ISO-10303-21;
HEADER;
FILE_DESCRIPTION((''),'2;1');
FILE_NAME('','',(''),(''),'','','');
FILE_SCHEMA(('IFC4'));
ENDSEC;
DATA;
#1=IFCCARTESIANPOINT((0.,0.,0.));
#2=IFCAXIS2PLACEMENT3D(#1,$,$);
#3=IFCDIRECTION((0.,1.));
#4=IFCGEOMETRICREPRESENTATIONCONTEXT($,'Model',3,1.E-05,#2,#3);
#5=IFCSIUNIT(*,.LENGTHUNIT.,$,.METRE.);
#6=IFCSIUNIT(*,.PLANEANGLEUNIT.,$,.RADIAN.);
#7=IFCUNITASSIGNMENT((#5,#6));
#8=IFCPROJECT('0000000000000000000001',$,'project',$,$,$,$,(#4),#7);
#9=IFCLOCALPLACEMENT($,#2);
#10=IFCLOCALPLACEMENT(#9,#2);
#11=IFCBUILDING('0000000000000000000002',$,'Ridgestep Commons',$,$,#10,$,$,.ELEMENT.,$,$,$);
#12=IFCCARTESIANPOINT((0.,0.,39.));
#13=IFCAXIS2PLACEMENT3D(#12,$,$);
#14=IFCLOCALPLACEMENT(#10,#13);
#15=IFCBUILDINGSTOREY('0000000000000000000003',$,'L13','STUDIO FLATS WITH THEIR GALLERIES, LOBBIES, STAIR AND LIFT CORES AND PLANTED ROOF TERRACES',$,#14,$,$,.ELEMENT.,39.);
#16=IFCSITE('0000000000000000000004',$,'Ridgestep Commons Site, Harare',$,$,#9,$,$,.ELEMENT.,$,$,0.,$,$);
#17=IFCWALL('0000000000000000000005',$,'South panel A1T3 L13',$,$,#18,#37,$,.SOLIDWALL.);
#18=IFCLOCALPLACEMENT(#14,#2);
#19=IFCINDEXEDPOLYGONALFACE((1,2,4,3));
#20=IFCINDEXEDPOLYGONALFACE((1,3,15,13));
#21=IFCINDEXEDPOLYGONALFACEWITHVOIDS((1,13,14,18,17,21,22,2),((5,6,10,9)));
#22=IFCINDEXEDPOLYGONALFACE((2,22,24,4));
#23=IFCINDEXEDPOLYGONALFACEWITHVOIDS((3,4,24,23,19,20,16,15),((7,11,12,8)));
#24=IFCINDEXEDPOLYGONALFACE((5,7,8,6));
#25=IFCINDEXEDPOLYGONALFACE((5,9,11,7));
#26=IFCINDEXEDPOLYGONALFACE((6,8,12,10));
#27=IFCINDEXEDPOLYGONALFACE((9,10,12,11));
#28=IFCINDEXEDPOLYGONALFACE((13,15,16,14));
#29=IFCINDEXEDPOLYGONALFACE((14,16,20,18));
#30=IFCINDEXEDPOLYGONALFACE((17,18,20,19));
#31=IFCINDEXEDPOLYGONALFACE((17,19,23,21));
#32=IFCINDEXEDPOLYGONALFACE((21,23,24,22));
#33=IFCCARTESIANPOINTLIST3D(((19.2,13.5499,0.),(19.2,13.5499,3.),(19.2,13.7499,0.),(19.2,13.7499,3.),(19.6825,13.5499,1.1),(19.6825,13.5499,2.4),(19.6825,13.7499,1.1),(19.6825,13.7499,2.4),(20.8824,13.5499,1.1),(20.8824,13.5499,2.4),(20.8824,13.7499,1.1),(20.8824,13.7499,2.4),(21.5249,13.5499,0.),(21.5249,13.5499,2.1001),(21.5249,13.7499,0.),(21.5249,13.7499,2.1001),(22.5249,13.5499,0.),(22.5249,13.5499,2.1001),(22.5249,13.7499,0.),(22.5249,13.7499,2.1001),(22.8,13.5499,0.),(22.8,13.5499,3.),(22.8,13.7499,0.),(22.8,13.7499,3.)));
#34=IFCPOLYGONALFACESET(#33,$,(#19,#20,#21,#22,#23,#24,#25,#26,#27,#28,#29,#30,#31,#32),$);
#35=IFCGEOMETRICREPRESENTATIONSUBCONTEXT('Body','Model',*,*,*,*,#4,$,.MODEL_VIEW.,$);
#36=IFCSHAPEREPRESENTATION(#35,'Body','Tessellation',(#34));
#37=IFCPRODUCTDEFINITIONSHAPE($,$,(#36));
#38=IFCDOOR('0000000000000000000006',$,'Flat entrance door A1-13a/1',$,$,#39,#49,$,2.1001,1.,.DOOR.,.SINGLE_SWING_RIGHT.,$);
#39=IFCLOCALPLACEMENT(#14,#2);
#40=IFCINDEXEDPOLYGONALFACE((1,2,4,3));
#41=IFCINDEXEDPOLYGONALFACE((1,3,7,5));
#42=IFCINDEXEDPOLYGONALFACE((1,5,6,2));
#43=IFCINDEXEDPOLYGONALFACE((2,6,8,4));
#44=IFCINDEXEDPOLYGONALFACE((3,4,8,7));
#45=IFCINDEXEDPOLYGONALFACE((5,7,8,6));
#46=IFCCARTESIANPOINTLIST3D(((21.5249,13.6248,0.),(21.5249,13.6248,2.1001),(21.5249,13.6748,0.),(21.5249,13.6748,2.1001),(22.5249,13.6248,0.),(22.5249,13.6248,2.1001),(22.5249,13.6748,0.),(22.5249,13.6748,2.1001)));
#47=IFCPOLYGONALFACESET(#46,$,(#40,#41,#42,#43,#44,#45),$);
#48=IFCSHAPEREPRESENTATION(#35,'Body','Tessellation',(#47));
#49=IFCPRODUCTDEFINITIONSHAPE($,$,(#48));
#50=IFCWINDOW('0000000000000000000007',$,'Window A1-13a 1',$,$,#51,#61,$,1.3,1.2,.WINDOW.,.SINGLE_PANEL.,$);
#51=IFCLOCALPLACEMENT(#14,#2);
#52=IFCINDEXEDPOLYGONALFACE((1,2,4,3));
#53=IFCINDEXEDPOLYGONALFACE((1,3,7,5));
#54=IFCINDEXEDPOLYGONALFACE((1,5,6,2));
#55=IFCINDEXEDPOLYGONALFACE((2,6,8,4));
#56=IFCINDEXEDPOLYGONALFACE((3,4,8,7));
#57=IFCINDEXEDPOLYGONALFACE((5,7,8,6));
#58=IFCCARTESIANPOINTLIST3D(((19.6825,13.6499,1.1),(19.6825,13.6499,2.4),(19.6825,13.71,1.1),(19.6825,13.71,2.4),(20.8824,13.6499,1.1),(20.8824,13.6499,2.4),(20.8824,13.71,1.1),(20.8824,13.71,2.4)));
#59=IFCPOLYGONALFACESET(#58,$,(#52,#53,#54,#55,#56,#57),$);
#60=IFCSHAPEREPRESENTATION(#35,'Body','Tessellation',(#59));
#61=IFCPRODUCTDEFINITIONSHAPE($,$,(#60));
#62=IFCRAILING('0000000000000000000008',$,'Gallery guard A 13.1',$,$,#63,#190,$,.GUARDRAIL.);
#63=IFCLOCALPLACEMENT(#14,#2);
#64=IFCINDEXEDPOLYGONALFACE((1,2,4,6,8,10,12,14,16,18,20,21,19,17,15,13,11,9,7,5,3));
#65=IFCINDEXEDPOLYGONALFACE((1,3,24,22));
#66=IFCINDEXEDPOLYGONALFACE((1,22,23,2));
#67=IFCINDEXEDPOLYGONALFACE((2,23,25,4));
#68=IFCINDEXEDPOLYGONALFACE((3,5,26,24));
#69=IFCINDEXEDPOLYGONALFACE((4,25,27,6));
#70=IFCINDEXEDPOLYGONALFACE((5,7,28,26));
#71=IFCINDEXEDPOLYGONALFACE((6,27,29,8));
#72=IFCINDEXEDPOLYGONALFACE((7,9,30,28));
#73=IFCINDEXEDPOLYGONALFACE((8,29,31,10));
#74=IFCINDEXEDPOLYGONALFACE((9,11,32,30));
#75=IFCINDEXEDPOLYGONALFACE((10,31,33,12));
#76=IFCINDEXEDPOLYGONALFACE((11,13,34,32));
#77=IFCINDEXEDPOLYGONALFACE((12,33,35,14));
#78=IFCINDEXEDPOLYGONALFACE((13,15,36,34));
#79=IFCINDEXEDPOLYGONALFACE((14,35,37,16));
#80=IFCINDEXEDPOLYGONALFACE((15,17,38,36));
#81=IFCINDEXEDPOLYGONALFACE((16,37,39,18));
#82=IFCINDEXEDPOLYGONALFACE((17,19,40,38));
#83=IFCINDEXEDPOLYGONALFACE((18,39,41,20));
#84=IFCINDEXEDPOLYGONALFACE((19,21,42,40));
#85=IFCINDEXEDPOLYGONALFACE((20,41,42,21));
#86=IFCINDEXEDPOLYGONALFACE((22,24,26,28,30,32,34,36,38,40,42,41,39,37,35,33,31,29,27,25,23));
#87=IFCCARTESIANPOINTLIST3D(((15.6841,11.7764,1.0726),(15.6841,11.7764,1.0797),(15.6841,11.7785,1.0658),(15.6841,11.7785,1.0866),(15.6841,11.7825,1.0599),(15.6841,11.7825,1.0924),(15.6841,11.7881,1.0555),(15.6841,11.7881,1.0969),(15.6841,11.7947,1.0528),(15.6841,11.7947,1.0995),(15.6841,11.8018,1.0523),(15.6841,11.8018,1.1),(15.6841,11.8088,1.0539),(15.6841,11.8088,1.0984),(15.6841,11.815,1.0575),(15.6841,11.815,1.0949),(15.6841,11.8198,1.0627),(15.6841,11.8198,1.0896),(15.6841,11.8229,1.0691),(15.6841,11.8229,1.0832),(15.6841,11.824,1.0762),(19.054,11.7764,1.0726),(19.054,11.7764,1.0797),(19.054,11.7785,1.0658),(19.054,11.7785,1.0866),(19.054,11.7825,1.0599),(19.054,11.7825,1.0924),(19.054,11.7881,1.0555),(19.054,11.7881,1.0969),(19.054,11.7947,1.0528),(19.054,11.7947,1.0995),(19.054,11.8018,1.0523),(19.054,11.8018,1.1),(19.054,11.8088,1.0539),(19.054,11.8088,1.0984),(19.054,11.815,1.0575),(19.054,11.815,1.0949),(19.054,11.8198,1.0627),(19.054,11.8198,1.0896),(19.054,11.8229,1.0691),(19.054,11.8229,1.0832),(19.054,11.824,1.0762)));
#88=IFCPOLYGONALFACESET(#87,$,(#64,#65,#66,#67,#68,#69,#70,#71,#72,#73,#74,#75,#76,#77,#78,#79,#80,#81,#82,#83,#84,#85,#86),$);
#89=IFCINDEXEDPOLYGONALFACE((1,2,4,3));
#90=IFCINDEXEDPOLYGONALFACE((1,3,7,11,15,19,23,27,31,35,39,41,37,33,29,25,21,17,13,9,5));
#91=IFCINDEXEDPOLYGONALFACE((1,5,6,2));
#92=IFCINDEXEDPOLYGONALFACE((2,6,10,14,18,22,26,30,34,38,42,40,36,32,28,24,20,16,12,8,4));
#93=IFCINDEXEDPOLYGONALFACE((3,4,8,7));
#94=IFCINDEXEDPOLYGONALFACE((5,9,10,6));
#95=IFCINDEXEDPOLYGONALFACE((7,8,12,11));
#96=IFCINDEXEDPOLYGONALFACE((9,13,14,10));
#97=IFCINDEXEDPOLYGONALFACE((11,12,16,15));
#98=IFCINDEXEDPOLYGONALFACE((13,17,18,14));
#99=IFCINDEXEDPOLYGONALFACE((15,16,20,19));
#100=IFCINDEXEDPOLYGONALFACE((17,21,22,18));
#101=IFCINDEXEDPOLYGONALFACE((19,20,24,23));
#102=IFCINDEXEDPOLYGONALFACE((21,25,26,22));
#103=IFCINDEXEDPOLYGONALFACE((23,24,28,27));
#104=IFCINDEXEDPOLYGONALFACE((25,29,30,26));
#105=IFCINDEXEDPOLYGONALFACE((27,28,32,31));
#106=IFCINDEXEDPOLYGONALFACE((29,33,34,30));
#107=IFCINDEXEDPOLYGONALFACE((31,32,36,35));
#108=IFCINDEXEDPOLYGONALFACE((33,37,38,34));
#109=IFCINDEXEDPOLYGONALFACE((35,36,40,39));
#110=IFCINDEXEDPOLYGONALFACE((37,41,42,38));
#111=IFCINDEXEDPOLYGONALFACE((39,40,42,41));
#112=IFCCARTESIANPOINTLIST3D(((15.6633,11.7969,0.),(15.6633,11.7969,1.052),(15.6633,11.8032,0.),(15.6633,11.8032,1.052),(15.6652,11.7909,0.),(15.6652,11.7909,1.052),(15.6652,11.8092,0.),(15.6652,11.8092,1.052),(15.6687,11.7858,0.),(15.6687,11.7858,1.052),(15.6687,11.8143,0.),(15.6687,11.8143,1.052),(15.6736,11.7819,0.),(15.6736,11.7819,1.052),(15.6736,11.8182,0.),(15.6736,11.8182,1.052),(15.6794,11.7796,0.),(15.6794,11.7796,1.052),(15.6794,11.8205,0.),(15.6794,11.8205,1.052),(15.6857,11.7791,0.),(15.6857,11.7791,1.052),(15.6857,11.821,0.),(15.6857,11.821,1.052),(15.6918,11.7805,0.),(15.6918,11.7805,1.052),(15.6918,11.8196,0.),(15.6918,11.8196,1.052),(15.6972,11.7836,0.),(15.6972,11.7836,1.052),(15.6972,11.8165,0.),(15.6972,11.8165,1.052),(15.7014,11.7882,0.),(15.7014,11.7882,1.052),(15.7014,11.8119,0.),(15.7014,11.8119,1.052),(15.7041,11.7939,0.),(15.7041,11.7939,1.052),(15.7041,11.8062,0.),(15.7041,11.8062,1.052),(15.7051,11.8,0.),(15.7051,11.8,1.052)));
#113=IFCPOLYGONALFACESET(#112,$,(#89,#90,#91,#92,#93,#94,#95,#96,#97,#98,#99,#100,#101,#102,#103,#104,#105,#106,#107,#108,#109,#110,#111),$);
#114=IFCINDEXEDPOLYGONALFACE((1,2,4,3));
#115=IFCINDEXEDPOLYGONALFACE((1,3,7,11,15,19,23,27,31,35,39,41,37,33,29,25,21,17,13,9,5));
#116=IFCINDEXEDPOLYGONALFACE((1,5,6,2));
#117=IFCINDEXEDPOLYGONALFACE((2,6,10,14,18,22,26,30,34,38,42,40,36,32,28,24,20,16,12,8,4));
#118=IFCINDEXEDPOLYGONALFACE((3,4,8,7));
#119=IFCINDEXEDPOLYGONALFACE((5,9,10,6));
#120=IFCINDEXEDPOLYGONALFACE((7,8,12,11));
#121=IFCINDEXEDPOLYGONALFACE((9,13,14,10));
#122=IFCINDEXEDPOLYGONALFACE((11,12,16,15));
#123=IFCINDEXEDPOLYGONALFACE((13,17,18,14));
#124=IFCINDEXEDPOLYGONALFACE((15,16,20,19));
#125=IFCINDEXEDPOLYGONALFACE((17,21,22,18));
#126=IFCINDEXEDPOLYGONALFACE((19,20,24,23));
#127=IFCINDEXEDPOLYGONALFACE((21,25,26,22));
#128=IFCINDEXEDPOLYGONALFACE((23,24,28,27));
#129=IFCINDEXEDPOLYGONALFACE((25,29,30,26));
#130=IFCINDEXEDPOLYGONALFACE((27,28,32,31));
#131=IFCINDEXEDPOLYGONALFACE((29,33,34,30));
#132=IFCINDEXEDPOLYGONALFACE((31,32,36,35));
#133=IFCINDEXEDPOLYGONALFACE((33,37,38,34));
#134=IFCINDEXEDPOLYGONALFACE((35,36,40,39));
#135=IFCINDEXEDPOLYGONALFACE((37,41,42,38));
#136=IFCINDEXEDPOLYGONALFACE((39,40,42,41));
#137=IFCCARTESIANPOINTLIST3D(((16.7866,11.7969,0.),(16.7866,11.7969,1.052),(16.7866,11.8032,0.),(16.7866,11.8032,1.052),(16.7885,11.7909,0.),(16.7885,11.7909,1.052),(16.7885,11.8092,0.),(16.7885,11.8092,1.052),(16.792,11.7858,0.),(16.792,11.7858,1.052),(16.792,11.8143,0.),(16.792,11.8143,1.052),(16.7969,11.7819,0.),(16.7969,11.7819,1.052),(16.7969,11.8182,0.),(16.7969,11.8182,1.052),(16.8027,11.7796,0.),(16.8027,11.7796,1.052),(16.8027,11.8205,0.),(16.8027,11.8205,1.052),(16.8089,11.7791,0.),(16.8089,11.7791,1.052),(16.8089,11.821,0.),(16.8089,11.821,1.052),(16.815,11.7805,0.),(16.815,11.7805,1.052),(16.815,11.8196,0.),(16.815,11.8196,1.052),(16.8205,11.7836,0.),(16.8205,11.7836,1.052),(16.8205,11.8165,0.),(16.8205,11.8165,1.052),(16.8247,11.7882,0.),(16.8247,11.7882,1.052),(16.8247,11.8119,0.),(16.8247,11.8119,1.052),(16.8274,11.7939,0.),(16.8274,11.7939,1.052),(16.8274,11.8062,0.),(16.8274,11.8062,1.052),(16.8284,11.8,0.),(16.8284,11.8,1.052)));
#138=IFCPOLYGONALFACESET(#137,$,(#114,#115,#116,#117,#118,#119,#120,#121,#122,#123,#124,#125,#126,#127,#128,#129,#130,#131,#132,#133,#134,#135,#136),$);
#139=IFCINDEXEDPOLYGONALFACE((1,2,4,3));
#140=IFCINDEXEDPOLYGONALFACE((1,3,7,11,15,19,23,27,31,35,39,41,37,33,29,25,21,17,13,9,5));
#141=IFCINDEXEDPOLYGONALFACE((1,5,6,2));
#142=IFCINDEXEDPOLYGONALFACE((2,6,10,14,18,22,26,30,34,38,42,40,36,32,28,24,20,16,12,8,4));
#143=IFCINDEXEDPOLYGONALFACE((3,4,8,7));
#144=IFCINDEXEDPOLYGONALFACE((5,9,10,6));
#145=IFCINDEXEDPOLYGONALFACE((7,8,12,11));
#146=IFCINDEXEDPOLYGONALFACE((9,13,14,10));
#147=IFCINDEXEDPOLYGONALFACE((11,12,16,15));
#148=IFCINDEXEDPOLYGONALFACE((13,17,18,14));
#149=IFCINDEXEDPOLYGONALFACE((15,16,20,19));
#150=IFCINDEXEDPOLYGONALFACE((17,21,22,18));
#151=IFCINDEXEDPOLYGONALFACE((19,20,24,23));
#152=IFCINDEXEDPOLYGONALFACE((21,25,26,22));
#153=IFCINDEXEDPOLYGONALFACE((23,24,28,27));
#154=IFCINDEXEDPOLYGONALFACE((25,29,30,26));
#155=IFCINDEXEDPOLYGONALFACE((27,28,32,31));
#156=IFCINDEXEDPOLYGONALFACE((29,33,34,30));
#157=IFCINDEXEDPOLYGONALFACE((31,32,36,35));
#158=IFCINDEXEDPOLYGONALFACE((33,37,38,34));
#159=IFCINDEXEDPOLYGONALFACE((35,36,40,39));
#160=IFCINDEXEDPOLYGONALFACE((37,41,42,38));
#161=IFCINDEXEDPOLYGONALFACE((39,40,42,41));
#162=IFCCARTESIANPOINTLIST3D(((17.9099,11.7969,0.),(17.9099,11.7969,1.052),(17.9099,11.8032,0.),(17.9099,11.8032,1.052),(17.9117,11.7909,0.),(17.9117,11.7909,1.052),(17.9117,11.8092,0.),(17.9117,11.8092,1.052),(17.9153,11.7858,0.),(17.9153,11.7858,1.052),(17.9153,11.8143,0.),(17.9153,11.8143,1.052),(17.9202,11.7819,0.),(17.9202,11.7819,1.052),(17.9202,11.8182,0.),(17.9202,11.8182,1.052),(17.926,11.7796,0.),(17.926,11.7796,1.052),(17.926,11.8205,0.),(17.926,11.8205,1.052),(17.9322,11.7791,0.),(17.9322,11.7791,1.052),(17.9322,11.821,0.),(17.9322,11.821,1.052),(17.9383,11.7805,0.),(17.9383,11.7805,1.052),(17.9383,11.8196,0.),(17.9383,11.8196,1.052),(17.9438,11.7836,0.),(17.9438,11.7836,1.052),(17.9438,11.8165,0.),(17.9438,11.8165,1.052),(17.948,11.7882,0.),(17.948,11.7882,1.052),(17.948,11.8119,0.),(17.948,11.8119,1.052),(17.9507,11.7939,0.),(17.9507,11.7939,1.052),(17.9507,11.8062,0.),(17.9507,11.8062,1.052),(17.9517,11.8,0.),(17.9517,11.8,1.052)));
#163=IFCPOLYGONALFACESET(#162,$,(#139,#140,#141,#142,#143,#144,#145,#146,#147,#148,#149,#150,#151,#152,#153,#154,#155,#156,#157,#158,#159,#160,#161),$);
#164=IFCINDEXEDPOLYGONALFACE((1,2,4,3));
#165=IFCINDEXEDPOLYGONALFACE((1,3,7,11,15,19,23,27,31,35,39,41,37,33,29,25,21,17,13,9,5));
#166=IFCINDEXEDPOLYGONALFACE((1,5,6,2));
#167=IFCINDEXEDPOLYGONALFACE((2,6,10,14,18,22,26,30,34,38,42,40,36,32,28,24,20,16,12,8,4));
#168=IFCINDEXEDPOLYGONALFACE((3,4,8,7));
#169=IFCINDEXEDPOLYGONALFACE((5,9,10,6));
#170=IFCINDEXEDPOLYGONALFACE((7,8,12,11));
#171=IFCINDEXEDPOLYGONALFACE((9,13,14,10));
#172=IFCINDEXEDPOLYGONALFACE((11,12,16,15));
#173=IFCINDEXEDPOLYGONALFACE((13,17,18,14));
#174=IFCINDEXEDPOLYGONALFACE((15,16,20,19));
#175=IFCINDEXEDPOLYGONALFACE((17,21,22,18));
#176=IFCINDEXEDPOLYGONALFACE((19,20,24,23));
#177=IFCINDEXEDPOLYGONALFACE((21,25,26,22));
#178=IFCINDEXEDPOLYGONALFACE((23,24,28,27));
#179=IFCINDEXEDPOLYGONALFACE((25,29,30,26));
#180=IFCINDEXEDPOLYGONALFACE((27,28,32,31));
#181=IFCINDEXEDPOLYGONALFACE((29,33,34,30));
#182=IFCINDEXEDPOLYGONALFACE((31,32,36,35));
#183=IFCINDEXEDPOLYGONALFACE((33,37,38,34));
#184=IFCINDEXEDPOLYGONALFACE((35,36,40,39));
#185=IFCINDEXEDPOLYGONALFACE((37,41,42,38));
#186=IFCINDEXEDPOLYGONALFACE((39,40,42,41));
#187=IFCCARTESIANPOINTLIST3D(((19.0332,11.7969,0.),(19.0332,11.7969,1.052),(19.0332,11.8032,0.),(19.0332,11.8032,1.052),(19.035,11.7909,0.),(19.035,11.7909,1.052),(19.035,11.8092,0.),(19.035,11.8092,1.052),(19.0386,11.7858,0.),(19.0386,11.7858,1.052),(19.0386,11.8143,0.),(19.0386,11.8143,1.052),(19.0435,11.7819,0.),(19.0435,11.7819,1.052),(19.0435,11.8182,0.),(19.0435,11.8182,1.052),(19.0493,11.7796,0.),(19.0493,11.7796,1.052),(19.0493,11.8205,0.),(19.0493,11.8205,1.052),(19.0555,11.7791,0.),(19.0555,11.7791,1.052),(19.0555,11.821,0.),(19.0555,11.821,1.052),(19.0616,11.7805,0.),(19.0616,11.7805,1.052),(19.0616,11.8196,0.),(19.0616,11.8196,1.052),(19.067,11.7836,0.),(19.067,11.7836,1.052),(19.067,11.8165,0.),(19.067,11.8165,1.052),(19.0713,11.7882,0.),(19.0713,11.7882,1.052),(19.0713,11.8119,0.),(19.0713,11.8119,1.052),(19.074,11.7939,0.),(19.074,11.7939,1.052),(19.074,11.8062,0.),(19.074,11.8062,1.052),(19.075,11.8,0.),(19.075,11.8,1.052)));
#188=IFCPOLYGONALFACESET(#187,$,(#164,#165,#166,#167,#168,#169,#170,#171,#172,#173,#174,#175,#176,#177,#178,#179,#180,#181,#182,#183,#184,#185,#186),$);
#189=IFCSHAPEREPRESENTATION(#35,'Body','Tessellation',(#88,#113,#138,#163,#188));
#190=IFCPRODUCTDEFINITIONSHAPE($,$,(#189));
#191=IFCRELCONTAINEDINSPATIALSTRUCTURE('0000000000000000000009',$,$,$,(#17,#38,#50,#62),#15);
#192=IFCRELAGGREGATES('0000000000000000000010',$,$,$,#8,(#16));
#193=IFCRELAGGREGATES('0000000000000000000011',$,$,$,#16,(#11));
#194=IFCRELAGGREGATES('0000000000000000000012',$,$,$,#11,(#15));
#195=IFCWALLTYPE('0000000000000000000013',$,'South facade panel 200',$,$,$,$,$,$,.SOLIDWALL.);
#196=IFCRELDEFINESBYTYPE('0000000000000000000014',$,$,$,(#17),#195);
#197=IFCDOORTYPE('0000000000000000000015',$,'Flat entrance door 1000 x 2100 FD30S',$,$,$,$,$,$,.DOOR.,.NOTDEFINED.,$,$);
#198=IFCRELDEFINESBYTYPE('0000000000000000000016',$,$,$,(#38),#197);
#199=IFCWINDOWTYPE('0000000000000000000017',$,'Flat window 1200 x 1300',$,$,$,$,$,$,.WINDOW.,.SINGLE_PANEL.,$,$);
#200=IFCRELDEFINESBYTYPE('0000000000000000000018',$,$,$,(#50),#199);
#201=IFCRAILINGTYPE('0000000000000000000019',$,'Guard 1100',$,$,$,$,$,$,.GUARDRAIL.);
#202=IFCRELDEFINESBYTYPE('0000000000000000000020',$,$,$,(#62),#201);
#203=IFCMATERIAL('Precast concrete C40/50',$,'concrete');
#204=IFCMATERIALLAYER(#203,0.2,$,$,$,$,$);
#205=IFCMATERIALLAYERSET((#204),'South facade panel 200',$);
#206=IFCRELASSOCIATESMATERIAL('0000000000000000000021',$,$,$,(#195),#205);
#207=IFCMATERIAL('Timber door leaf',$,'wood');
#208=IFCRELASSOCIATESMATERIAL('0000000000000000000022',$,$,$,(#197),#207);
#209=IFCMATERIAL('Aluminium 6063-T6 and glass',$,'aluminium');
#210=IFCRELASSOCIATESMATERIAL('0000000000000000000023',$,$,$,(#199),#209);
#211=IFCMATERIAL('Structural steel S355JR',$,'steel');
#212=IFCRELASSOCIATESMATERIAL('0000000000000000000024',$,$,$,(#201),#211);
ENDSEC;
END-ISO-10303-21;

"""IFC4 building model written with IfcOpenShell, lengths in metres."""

from ifc_helpers import new_model, si_unit, direction, frame, frame_2d, origin, origin_2d, place, context, subcontext, project, spatial, rectangle, circle, extrude, material, layer, layer_set, type_object, element, fill, save


model = new_model("IFC4")

# Units and contexts
model_context = context("Model", 3, precision=1e-05, world=origin(), true_north=direction((0.0, 1.0)))
body_context = subcontext(model_context, "Body", "Model", "MODEL_VIEW")
ifc_project = project(units=[si_unit("LENGTHUNIT", "METRE"), si_unit("PLANEANGLEUNIT", "RADIAN")], contexts=[model_context])

# Site, building, storey
site_placement = place(None, origin())
site = spatial("IfcSite", under=ifc_project, at=site_placement, Name="Ridgestep Commons Site, Harare", CompositionType="ELEMENT", RefElevation=0.0)
building_placement = place(site_placement, origin())
building = spatial("IfcBuilding", under=site, at=building_placement, Name="Ridgestep Commons", CompositionType="ELEMENT")
storey_placement = place(building_placement, frame((0.0, 0.0, 39.0)))
storey = spatial("IfcBuildingStorey", under=building, at=storey_placement, Name="L13", Description="STUDIO FLATS WITH THEIR GALLERIES, LOBBIES, STAIR AND LIFT CORES AND PLANTED ROOF TERRACES", CompositionType="ELEMENT", Elevation=39.0)

# Wall, openings, door, window
ifc_material_1 = material(Name="Precast concrete C40/50", Category="concrete")
ifc_layer_1 = layer(ifc_material_1, 0.2)
ifc_layer_set_1 = layer_set([ifc_layer_1], Name="South facade panel 200")
wall_type_1 = type_object("IfcWallType", Name="South facade panel 200", PredefinedType="SOLIDWALL", material=ifc_layer_set_1)
wall_1_placement = place(storey_placement, frame((19.2, 13.6499, 0.0), z_axis=(0.0, 0.0, 1.0), x_axis=(1.0, 0.0, 0.0)))
wall_1 = element("IfcWall", 1, at=wall_1_placement, inside=storey, type_object=wall_type_1, Name="South panel A1T3 L13", PredefinedType="SOLIDWALL", context=body_context, shape_type="SweptSolid", body=[
    extrude(rectangle(XDim=3.6001, YDim=0.2, at=frame_2d((1.8, 0.0))), origin(), (0.0, 0.0, 1.0), 3.0),
])
opening_1_placement = place(wall_1_placement, frame((0.4824, 0.0, 1.1001)))
opening_1 = element("IfcOpeningElement", 2, at=opening_1_placement, cuts=wall_1, PredefinedType="OPENING", context=body_context, shape_type="SweptSolid", body=[
    extrude(rectangle(XDim=1.2, YDim=1.3, at=frame_2d((0.6001, 0.6499))), frame((0.0, 0.1099, 0.0), z_axis=(0.0, -1.0, 0.0), x_axis=(1.0, 0.0, 0.0)), (0.0, 0.0, 1.0), 0.22),
])
opening_2_placement = place(wall_1_placement, frame((2.325, 0.0, 0.0)))
opening_2 = element("IfcOpeningElement", 3, at=opening_2_placement, cuts=wall_1, PredefinedType="OPENING", context=body_context, shape_type="SweptSolid", body=[
    extrude(rectangle(XDim=1.0, YDim=2.1001, at=frame_2d((0.5, 1.05))), frame((0.0, 0.1099, 0.0), z_axis=(0.0, -1.0, 0.0), x_axis=(1.0, 0.0, 0.0)), (0.0, 0.0, 1.0), 0.22),
])
ifc_material_2 = material(Name="Timber door leaf", Category="wood")
door_type_1 = type_object("IfcDoorType", Name="Flat entrance door 1000 x 2100 FD30S", OperationType="NOTDEFINED", PredefinedType="DOOR", material=ifc_material_2)
door_1_placement = place(opening_2_placement, origin())
door_1 = element("IfcDoor", 4, at=door_1_placement, inside=storey, type_object=door_type_1, Name="Flat entrance door A1-13a/1", OperationType="SINGLE_SWING_RIGHT", OverallHeight=2.1001, OverallWidth=1.0, PredefinedType="DOOR", context=body_context, shape_type="SweptSolid", body=[
    extrude(rectangle(XDim=1.0, YDim=2.1001, at=frame_2d((0.5, 1.05))), frame((0.0, 0.0249, 0.0), z_axis=(0.0, -1.0, 0.0), x_axis=(1.0, 0.0, 0.0)), (0.0, 0.0, 1.0), 0.05),
])
fill(opening_2, door_1)
ifc_material_3 = material(Name="Aluminium 6063-T6 and glass", Category="aluminium")
window_type_1 = type_object("IfcWindowType", Name="Flat window 1200 x 1300", PartitioningType="SINGLE_PANEL", PredefinedType="WINDOW", material=ifc_material_3)
window_1_placement = place(opening_1_placement, origin())
window_1 = element("IfcWindow", 5, at=window_1_placement, inside=storey, type_object=window_type_1, Name="Window A1-13a 1", OverallHeight=1.3, OverallWidth=1.2, PartitioningType="SINGLE_PANEL", PredefinedType="WINDOW", context=body_context, shape_type="SweptSolid", body=[
    extrude(rectangle(XDim=1.2, YDim=1.3, at=frame_2d((0.6001, 0.6499))), frame((0.0, 0.0601, 0.0), z_axis=(0.0, -1.0, 0.0), x_axis=(1.0, 0.0, 0.0)), (0.0, 0.0, 1.0), 0.0601),
])
fill(opening_1, window_1)

# Railing
ifc_material_4 = material(Name="Structural steel S355JR", Category="steel")
railing_type = type_object("IfcRailingType", Name="Guard 1100", PredefinedType="GUARDRAIL", material=ifc_material_4)
railing_1_placement = place(storey_placement, frame((15.6841, 11.8, 0.0)))
element("IfcRailing", 6, at=railing_1_placement, inside=storey, type_object=railing_type, Name="Gallery guard A 13.1", PredefinedType="GUARDRAIL", context=body_context, shape_type="SweptSolid", body=[
    extrude(circle(Radius=0.0239, at=origin_2d()), frame((0.0, 0.0, 1.0762), z_axis=(1.0, 0.0, 0.0), x_axis=(0.0, 1.0, 0.0)), (0.0, 0.0, 1.0), 3.3699),
    extrude(circle(Radius=0.021, at=origin_2d()), origin(), (0.0, 0.0, 1.0), 1.052),
    extrude(circle(Radius=0.021, at=origin_2d()), frame((1.1233, 0.0, 0.0)), (0.0, 0.0, 1.0), 1.052),
    extrude(circle(Radius=0.021, at=origin_2d()), frame((2.2466, 0.0, 0.0)), (0.0, 0.0, 1.0), 1.052),
    extrude(circle(Radius=0.021, at=origin_2d()), frame((3.3699, 0.0, 0.0)), (0.0, 0.0, 1.0), 1.052),
])

save(model, "model.ifc")
